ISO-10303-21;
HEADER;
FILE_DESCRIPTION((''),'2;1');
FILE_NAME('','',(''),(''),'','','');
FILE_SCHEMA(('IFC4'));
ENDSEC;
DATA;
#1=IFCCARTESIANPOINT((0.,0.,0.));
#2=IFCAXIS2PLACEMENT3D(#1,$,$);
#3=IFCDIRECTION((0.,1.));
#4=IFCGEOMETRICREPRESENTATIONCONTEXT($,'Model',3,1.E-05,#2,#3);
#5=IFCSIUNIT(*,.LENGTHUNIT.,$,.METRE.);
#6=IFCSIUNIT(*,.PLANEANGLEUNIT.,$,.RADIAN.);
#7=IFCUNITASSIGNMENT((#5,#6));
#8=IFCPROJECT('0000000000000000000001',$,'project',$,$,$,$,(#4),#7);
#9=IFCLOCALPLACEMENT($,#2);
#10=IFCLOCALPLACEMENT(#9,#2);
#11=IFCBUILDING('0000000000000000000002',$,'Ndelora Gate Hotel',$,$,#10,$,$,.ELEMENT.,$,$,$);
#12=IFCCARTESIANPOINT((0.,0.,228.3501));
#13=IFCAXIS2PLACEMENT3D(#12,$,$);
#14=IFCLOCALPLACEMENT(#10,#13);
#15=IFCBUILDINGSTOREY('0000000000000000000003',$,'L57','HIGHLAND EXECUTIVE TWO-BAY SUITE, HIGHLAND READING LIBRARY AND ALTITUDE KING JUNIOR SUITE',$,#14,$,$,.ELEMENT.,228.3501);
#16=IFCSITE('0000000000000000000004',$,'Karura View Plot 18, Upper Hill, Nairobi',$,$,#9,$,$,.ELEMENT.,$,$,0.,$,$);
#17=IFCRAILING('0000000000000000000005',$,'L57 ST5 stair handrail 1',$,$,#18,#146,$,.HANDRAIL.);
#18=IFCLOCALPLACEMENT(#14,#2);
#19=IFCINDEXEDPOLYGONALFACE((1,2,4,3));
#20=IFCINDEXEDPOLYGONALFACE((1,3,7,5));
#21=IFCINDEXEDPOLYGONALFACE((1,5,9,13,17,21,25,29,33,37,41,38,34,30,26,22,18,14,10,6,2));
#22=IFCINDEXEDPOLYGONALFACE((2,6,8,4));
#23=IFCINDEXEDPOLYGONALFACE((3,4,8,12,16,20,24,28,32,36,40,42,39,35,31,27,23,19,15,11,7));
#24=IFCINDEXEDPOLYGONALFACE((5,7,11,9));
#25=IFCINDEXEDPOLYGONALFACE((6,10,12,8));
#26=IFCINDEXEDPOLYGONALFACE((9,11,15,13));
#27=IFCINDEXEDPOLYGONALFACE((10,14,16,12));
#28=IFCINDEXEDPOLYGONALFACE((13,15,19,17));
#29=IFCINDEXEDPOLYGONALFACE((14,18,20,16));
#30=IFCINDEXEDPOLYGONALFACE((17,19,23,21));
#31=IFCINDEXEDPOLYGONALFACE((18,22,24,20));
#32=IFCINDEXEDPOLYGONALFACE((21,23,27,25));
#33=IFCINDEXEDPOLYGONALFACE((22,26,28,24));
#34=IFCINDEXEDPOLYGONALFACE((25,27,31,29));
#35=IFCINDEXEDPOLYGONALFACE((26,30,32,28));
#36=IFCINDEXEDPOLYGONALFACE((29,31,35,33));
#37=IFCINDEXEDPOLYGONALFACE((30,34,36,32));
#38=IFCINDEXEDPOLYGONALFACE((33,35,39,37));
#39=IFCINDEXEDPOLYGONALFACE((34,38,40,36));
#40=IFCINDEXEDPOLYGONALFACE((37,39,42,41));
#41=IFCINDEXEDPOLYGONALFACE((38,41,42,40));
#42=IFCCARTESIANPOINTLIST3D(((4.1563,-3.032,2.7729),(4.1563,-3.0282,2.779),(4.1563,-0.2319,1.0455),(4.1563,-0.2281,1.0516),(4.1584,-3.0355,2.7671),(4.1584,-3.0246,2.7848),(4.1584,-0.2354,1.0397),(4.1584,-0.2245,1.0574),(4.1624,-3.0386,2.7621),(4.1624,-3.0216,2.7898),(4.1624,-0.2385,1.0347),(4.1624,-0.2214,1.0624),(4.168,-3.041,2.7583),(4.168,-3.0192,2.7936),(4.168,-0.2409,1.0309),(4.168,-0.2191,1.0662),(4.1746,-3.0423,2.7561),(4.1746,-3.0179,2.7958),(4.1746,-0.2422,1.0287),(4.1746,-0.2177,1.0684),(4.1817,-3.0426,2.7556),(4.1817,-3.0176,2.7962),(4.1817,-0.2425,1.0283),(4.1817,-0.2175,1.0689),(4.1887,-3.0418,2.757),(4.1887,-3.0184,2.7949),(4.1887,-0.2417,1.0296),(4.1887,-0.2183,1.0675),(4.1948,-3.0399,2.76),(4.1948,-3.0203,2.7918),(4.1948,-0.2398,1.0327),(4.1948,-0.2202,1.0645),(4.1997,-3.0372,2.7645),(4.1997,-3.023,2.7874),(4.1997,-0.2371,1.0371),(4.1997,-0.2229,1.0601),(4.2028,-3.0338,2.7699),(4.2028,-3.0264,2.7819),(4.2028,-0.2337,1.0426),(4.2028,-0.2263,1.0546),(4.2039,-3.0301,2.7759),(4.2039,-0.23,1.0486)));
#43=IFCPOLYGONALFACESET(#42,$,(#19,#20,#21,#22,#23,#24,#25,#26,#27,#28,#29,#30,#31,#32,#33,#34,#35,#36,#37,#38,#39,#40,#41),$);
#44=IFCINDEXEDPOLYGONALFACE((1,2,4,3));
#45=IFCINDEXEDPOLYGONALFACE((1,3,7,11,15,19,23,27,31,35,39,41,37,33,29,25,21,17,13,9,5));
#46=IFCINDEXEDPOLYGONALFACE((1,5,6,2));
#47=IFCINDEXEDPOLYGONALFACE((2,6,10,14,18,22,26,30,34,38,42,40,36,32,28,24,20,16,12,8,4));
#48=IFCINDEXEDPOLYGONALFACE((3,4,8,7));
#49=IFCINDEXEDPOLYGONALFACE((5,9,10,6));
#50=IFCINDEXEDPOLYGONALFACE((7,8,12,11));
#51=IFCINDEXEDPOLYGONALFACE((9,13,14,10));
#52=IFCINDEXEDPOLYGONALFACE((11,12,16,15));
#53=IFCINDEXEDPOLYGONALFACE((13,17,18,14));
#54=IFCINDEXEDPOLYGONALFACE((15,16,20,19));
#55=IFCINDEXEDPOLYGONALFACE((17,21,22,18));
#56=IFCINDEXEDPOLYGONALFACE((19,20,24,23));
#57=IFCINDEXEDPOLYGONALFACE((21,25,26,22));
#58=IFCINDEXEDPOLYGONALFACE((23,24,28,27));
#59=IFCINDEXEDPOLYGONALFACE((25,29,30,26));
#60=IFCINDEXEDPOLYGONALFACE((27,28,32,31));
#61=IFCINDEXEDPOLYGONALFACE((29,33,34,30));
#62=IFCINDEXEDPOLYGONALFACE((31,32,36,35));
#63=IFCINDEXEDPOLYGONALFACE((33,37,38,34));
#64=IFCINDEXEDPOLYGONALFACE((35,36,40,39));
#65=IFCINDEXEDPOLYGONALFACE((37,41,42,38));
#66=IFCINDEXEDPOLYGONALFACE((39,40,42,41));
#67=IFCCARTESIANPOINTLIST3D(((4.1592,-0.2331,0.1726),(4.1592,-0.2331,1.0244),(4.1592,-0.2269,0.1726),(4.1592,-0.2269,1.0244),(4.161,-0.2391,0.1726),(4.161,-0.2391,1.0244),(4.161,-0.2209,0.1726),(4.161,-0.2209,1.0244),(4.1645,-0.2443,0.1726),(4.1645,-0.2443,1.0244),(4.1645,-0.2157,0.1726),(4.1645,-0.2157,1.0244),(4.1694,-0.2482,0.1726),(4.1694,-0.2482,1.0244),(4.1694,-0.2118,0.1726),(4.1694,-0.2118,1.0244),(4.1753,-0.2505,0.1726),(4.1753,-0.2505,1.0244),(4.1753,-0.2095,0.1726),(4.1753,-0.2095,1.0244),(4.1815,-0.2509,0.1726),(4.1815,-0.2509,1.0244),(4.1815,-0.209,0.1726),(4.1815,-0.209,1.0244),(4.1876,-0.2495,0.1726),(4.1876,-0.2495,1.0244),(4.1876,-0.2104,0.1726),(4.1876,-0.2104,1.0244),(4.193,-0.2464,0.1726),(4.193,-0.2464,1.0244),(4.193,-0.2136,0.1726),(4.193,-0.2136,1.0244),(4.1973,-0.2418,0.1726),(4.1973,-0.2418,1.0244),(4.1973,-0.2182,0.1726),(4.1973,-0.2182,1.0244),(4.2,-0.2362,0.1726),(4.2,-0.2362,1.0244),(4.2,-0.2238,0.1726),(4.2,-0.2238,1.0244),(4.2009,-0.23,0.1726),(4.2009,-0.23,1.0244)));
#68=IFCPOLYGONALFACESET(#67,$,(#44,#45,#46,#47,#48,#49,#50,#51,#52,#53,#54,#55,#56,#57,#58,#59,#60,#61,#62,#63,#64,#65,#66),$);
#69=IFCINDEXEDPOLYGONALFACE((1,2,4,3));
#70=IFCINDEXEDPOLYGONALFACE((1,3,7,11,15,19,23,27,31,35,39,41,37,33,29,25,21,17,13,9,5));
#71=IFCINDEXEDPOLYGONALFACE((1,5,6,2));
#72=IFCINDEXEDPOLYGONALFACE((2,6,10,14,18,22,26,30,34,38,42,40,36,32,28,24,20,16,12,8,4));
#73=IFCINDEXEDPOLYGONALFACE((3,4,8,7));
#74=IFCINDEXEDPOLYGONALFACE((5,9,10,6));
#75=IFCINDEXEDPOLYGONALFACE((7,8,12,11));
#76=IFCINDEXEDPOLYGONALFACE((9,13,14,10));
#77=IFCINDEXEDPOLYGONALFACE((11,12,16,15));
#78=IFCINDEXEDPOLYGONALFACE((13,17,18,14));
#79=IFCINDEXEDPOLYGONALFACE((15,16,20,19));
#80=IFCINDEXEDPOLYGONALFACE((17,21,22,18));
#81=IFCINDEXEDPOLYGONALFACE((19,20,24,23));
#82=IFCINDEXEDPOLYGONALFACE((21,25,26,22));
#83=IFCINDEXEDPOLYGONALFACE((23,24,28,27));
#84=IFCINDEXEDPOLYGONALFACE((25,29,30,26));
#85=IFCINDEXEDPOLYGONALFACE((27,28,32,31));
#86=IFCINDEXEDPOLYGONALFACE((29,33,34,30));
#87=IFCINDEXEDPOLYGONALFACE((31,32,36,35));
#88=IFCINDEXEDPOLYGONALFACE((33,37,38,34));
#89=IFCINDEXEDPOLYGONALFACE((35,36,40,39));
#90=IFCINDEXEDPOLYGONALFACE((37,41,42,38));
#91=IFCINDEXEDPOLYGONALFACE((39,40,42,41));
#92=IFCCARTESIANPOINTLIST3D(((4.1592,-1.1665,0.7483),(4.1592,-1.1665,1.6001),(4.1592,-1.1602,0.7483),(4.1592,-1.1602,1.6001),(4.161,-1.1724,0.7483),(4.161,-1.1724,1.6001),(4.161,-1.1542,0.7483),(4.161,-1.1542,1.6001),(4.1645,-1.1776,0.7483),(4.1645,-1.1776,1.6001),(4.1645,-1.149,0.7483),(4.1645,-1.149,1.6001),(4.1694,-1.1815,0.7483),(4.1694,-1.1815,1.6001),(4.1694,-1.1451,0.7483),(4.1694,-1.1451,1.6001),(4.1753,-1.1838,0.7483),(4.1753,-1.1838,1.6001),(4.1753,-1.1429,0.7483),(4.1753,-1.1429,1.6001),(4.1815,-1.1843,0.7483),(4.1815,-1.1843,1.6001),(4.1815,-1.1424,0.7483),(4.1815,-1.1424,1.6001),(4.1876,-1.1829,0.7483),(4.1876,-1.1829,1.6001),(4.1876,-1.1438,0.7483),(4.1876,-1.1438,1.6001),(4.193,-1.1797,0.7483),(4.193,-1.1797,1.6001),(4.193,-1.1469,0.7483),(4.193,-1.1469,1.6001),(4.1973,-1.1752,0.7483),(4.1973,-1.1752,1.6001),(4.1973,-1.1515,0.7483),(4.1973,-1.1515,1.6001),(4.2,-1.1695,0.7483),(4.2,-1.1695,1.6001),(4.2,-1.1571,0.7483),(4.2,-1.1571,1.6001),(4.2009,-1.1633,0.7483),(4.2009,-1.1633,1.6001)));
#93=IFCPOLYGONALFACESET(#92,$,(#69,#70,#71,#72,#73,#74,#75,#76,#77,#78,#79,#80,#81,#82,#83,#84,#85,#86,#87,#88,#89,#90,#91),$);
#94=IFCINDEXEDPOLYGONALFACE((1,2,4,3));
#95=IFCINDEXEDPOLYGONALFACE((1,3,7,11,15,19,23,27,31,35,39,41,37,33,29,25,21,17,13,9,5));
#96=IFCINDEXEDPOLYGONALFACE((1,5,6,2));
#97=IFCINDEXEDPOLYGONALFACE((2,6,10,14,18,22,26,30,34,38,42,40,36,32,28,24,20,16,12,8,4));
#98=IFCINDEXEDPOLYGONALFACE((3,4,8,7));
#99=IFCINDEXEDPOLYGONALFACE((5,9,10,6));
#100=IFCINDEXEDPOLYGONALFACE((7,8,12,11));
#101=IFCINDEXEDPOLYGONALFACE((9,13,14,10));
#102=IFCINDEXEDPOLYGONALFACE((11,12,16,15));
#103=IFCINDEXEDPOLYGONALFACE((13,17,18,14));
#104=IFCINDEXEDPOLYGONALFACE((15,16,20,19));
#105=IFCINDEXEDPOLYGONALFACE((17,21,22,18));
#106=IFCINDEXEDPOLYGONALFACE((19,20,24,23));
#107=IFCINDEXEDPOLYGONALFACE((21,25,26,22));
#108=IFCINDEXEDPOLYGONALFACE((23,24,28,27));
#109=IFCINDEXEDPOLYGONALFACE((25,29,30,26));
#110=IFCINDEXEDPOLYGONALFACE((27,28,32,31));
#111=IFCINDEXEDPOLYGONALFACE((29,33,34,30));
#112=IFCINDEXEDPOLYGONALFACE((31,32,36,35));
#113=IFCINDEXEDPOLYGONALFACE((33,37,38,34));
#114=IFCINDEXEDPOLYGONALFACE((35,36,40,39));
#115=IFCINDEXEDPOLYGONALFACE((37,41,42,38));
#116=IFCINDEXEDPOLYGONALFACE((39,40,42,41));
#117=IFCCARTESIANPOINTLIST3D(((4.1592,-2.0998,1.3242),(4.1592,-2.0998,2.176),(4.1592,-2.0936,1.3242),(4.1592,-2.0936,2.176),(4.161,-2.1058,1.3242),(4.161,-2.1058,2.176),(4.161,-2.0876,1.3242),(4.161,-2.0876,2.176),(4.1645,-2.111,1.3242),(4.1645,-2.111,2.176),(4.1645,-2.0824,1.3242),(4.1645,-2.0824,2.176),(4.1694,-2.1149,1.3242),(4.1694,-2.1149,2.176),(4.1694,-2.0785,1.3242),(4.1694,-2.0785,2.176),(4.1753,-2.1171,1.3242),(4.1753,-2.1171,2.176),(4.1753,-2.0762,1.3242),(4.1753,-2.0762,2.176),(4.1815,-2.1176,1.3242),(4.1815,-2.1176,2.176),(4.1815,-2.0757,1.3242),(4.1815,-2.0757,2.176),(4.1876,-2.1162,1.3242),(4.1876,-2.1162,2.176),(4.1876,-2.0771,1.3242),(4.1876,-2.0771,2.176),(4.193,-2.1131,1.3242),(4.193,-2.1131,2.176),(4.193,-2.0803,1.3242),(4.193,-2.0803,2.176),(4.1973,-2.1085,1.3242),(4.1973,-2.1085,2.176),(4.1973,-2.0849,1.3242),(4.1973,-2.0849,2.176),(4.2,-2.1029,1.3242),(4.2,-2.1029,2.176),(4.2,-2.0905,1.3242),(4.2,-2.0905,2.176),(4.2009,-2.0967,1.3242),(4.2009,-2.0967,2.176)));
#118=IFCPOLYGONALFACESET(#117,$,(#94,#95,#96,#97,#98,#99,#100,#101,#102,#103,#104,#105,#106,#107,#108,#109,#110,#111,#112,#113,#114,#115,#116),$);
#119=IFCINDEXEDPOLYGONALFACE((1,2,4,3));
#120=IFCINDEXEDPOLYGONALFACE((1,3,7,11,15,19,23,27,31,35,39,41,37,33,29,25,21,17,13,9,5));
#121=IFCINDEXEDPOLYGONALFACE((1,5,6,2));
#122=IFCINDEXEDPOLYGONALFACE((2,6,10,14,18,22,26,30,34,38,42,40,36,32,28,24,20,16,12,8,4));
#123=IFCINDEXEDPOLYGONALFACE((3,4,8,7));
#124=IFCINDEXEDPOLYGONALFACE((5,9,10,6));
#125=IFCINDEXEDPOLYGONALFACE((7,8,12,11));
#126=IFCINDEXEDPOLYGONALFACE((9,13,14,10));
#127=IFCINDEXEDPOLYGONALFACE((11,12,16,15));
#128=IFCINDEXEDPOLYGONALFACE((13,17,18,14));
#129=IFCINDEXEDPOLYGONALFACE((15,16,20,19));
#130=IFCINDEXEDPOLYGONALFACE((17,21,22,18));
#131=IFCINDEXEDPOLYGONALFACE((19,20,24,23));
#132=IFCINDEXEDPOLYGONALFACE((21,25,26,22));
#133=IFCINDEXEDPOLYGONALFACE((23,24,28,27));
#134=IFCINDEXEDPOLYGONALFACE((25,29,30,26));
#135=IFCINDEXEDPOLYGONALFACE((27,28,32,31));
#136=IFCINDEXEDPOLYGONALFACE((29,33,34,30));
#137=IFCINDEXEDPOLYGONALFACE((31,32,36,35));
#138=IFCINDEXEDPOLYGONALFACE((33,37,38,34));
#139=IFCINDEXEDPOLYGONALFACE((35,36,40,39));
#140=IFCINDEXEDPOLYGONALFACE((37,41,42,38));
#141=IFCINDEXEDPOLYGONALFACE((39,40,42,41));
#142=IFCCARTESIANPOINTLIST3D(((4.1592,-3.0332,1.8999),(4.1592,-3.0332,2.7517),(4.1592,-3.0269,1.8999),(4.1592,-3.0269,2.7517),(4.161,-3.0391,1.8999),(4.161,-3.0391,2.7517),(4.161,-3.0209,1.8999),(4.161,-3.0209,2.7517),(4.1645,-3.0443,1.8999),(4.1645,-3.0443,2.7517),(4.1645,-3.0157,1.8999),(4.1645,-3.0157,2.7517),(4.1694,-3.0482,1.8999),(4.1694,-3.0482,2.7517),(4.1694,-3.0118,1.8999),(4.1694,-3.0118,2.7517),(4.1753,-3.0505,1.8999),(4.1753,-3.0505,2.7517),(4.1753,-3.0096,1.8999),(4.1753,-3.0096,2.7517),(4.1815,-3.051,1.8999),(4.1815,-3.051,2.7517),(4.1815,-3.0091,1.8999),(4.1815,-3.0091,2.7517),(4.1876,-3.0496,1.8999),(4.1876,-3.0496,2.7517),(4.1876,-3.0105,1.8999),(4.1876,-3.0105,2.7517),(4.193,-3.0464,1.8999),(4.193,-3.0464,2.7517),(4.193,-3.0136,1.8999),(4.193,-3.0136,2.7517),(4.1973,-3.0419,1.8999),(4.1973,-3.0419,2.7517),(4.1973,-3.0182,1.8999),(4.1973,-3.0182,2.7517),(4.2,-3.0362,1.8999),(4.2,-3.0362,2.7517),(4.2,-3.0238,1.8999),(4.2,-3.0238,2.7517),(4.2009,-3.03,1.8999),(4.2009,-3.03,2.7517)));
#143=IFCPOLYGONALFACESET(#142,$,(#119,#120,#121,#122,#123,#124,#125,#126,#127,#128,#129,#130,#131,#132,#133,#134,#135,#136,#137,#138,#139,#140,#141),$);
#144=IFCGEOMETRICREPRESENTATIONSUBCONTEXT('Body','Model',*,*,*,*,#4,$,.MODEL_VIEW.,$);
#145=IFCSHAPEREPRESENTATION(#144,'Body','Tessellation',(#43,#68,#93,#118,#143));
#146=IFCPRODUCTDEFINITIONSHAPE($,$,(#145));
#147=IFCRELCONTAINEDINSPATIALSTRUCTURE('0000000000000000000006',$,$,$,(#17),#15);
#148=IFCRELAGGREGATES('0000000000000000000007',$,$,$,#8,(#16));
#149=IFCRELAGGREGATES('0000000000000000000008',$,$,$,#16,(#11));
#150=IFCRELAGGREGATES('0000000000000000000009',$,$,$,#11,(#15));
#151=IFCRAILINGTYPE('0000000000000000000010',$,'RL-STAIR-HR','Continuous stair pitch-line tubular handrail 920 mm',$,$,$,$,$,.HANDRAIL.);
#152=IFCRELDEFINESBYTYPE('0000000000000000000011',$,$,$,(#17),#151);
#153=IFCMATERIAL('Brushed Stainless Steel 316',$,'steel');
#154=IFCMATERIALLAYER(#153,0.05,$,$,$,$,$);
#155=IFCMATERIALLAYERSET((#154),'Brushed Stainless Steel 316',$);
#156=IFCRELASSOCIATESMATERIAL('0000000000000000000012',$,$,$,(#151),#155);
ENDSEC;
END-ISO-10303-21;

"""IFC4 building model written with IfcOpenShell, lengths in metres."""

from ifc_helpers import new_model, si_unit, direction, frame, origin, origin_2d, place, context, subcontext, project, spatial, circle, extrude, material, layer, layer_set, type_object, element, save


model = new_model("IFC4")

# Units and contexts
model_context = context("Model", 3, precision=1e-05, world=origin(), true_north=direction((0.0, 1.0)))
body_context = subcontext(model_context, "Body", "Model", "MODEL_VIEW")
ifc_project = project(units=[si_unit("LENGTHUNIT", "METRE"), si_unit("PLANEANGLEUNIT", "RADIAN")], contexts=[model_context])

# Site, building, storey
site_placement = place(None, origin())
site = spatial("IfcSite", under=ifc_project, at=site_placement, Name="Karura View Plot 18, Upper Hill, Nairobi", CompositionType="ELEMENT", RefElevation=0.0)
building_placement = place(site_placement, origin())
building = spatial("IfcBuilding", under=site, at=building_placement, Name="Ndelora Gate Hotel", CompositionType="ELEMENT")
storey_placement = place(building_placement, frame((0.0, 0.0, 228.3501)))
storey = spatial("IfcBuildingStorey", under=building, at=storey_placement, Name="L57", Description="HIGHLAND EXECUTIVE TWO-BAY SUITE, HIGHLAND READING LIBRARY AND ALTITUDE KING JUNIOR SUITE", CompositionType="ELEMENT", Elevation=228.3501)

# Railing
ifc_material_1 = material(Name="Brushed Stainless Steel 316", Category="steel")
ifc_layer_1 = layer(ifc_material_1, 0.05)
ifc_layer_set_1 = layer_set([ifc_layer_1], Name="Brushed Stainless Steel 316")
railing_type_1 = type_object("IfcRailingType", Name="RL-STAIR-HR", Description="Continuous stair pitch-line tubular handrail 920 mm", PredefinedType="HANDRAIL", material=ifc_layer_set_1)
railing_1_placement = place(storey_placement, frame((4.1799, -0.23, 0.1726)))
element("IfcRailing", 1, at=railing_1_placement, inside=storey, type_object=railing_type_1, Name="L57 ST5 stair handrail 1", PredefinedType="HANDRAIL", context=body_context, shape_type="SweptSolid", body=[
    extrude(circle(Radius=0.0239, at=origin_2d()), frame((0.0, 0.0, 0.876), z_axis=(0.0, -0.85109, 0.52502), x_axis=(1.0, 0.0, 0.0)), (0.0, 0.0, 1.0), 3.29),
    extrude(circle(Radius=0.021, at=origin_2d()), origin(), (0.0, 0.0, 1.0), 0.8518),
    extrude(circle(Radius=0.021, at=origin_2d()), frame((0.0, -0.9333, 0.5757)), (0.0, 0.0, 1.0), 0.8518),
    extrude(circle(Radius=0.021, at=origin_2d()), frame((0.0, -1.8667, 1.1516)), (0.0, 0.0, 1.0), 0.8518),
    extrude(circle(Radius=0.021, at=origin_2d()), frame((0.0, -2.8, 1.7273)), (0.0, 0.0, 1.0), 0.8518),
])

save(model, "model.ifc")
